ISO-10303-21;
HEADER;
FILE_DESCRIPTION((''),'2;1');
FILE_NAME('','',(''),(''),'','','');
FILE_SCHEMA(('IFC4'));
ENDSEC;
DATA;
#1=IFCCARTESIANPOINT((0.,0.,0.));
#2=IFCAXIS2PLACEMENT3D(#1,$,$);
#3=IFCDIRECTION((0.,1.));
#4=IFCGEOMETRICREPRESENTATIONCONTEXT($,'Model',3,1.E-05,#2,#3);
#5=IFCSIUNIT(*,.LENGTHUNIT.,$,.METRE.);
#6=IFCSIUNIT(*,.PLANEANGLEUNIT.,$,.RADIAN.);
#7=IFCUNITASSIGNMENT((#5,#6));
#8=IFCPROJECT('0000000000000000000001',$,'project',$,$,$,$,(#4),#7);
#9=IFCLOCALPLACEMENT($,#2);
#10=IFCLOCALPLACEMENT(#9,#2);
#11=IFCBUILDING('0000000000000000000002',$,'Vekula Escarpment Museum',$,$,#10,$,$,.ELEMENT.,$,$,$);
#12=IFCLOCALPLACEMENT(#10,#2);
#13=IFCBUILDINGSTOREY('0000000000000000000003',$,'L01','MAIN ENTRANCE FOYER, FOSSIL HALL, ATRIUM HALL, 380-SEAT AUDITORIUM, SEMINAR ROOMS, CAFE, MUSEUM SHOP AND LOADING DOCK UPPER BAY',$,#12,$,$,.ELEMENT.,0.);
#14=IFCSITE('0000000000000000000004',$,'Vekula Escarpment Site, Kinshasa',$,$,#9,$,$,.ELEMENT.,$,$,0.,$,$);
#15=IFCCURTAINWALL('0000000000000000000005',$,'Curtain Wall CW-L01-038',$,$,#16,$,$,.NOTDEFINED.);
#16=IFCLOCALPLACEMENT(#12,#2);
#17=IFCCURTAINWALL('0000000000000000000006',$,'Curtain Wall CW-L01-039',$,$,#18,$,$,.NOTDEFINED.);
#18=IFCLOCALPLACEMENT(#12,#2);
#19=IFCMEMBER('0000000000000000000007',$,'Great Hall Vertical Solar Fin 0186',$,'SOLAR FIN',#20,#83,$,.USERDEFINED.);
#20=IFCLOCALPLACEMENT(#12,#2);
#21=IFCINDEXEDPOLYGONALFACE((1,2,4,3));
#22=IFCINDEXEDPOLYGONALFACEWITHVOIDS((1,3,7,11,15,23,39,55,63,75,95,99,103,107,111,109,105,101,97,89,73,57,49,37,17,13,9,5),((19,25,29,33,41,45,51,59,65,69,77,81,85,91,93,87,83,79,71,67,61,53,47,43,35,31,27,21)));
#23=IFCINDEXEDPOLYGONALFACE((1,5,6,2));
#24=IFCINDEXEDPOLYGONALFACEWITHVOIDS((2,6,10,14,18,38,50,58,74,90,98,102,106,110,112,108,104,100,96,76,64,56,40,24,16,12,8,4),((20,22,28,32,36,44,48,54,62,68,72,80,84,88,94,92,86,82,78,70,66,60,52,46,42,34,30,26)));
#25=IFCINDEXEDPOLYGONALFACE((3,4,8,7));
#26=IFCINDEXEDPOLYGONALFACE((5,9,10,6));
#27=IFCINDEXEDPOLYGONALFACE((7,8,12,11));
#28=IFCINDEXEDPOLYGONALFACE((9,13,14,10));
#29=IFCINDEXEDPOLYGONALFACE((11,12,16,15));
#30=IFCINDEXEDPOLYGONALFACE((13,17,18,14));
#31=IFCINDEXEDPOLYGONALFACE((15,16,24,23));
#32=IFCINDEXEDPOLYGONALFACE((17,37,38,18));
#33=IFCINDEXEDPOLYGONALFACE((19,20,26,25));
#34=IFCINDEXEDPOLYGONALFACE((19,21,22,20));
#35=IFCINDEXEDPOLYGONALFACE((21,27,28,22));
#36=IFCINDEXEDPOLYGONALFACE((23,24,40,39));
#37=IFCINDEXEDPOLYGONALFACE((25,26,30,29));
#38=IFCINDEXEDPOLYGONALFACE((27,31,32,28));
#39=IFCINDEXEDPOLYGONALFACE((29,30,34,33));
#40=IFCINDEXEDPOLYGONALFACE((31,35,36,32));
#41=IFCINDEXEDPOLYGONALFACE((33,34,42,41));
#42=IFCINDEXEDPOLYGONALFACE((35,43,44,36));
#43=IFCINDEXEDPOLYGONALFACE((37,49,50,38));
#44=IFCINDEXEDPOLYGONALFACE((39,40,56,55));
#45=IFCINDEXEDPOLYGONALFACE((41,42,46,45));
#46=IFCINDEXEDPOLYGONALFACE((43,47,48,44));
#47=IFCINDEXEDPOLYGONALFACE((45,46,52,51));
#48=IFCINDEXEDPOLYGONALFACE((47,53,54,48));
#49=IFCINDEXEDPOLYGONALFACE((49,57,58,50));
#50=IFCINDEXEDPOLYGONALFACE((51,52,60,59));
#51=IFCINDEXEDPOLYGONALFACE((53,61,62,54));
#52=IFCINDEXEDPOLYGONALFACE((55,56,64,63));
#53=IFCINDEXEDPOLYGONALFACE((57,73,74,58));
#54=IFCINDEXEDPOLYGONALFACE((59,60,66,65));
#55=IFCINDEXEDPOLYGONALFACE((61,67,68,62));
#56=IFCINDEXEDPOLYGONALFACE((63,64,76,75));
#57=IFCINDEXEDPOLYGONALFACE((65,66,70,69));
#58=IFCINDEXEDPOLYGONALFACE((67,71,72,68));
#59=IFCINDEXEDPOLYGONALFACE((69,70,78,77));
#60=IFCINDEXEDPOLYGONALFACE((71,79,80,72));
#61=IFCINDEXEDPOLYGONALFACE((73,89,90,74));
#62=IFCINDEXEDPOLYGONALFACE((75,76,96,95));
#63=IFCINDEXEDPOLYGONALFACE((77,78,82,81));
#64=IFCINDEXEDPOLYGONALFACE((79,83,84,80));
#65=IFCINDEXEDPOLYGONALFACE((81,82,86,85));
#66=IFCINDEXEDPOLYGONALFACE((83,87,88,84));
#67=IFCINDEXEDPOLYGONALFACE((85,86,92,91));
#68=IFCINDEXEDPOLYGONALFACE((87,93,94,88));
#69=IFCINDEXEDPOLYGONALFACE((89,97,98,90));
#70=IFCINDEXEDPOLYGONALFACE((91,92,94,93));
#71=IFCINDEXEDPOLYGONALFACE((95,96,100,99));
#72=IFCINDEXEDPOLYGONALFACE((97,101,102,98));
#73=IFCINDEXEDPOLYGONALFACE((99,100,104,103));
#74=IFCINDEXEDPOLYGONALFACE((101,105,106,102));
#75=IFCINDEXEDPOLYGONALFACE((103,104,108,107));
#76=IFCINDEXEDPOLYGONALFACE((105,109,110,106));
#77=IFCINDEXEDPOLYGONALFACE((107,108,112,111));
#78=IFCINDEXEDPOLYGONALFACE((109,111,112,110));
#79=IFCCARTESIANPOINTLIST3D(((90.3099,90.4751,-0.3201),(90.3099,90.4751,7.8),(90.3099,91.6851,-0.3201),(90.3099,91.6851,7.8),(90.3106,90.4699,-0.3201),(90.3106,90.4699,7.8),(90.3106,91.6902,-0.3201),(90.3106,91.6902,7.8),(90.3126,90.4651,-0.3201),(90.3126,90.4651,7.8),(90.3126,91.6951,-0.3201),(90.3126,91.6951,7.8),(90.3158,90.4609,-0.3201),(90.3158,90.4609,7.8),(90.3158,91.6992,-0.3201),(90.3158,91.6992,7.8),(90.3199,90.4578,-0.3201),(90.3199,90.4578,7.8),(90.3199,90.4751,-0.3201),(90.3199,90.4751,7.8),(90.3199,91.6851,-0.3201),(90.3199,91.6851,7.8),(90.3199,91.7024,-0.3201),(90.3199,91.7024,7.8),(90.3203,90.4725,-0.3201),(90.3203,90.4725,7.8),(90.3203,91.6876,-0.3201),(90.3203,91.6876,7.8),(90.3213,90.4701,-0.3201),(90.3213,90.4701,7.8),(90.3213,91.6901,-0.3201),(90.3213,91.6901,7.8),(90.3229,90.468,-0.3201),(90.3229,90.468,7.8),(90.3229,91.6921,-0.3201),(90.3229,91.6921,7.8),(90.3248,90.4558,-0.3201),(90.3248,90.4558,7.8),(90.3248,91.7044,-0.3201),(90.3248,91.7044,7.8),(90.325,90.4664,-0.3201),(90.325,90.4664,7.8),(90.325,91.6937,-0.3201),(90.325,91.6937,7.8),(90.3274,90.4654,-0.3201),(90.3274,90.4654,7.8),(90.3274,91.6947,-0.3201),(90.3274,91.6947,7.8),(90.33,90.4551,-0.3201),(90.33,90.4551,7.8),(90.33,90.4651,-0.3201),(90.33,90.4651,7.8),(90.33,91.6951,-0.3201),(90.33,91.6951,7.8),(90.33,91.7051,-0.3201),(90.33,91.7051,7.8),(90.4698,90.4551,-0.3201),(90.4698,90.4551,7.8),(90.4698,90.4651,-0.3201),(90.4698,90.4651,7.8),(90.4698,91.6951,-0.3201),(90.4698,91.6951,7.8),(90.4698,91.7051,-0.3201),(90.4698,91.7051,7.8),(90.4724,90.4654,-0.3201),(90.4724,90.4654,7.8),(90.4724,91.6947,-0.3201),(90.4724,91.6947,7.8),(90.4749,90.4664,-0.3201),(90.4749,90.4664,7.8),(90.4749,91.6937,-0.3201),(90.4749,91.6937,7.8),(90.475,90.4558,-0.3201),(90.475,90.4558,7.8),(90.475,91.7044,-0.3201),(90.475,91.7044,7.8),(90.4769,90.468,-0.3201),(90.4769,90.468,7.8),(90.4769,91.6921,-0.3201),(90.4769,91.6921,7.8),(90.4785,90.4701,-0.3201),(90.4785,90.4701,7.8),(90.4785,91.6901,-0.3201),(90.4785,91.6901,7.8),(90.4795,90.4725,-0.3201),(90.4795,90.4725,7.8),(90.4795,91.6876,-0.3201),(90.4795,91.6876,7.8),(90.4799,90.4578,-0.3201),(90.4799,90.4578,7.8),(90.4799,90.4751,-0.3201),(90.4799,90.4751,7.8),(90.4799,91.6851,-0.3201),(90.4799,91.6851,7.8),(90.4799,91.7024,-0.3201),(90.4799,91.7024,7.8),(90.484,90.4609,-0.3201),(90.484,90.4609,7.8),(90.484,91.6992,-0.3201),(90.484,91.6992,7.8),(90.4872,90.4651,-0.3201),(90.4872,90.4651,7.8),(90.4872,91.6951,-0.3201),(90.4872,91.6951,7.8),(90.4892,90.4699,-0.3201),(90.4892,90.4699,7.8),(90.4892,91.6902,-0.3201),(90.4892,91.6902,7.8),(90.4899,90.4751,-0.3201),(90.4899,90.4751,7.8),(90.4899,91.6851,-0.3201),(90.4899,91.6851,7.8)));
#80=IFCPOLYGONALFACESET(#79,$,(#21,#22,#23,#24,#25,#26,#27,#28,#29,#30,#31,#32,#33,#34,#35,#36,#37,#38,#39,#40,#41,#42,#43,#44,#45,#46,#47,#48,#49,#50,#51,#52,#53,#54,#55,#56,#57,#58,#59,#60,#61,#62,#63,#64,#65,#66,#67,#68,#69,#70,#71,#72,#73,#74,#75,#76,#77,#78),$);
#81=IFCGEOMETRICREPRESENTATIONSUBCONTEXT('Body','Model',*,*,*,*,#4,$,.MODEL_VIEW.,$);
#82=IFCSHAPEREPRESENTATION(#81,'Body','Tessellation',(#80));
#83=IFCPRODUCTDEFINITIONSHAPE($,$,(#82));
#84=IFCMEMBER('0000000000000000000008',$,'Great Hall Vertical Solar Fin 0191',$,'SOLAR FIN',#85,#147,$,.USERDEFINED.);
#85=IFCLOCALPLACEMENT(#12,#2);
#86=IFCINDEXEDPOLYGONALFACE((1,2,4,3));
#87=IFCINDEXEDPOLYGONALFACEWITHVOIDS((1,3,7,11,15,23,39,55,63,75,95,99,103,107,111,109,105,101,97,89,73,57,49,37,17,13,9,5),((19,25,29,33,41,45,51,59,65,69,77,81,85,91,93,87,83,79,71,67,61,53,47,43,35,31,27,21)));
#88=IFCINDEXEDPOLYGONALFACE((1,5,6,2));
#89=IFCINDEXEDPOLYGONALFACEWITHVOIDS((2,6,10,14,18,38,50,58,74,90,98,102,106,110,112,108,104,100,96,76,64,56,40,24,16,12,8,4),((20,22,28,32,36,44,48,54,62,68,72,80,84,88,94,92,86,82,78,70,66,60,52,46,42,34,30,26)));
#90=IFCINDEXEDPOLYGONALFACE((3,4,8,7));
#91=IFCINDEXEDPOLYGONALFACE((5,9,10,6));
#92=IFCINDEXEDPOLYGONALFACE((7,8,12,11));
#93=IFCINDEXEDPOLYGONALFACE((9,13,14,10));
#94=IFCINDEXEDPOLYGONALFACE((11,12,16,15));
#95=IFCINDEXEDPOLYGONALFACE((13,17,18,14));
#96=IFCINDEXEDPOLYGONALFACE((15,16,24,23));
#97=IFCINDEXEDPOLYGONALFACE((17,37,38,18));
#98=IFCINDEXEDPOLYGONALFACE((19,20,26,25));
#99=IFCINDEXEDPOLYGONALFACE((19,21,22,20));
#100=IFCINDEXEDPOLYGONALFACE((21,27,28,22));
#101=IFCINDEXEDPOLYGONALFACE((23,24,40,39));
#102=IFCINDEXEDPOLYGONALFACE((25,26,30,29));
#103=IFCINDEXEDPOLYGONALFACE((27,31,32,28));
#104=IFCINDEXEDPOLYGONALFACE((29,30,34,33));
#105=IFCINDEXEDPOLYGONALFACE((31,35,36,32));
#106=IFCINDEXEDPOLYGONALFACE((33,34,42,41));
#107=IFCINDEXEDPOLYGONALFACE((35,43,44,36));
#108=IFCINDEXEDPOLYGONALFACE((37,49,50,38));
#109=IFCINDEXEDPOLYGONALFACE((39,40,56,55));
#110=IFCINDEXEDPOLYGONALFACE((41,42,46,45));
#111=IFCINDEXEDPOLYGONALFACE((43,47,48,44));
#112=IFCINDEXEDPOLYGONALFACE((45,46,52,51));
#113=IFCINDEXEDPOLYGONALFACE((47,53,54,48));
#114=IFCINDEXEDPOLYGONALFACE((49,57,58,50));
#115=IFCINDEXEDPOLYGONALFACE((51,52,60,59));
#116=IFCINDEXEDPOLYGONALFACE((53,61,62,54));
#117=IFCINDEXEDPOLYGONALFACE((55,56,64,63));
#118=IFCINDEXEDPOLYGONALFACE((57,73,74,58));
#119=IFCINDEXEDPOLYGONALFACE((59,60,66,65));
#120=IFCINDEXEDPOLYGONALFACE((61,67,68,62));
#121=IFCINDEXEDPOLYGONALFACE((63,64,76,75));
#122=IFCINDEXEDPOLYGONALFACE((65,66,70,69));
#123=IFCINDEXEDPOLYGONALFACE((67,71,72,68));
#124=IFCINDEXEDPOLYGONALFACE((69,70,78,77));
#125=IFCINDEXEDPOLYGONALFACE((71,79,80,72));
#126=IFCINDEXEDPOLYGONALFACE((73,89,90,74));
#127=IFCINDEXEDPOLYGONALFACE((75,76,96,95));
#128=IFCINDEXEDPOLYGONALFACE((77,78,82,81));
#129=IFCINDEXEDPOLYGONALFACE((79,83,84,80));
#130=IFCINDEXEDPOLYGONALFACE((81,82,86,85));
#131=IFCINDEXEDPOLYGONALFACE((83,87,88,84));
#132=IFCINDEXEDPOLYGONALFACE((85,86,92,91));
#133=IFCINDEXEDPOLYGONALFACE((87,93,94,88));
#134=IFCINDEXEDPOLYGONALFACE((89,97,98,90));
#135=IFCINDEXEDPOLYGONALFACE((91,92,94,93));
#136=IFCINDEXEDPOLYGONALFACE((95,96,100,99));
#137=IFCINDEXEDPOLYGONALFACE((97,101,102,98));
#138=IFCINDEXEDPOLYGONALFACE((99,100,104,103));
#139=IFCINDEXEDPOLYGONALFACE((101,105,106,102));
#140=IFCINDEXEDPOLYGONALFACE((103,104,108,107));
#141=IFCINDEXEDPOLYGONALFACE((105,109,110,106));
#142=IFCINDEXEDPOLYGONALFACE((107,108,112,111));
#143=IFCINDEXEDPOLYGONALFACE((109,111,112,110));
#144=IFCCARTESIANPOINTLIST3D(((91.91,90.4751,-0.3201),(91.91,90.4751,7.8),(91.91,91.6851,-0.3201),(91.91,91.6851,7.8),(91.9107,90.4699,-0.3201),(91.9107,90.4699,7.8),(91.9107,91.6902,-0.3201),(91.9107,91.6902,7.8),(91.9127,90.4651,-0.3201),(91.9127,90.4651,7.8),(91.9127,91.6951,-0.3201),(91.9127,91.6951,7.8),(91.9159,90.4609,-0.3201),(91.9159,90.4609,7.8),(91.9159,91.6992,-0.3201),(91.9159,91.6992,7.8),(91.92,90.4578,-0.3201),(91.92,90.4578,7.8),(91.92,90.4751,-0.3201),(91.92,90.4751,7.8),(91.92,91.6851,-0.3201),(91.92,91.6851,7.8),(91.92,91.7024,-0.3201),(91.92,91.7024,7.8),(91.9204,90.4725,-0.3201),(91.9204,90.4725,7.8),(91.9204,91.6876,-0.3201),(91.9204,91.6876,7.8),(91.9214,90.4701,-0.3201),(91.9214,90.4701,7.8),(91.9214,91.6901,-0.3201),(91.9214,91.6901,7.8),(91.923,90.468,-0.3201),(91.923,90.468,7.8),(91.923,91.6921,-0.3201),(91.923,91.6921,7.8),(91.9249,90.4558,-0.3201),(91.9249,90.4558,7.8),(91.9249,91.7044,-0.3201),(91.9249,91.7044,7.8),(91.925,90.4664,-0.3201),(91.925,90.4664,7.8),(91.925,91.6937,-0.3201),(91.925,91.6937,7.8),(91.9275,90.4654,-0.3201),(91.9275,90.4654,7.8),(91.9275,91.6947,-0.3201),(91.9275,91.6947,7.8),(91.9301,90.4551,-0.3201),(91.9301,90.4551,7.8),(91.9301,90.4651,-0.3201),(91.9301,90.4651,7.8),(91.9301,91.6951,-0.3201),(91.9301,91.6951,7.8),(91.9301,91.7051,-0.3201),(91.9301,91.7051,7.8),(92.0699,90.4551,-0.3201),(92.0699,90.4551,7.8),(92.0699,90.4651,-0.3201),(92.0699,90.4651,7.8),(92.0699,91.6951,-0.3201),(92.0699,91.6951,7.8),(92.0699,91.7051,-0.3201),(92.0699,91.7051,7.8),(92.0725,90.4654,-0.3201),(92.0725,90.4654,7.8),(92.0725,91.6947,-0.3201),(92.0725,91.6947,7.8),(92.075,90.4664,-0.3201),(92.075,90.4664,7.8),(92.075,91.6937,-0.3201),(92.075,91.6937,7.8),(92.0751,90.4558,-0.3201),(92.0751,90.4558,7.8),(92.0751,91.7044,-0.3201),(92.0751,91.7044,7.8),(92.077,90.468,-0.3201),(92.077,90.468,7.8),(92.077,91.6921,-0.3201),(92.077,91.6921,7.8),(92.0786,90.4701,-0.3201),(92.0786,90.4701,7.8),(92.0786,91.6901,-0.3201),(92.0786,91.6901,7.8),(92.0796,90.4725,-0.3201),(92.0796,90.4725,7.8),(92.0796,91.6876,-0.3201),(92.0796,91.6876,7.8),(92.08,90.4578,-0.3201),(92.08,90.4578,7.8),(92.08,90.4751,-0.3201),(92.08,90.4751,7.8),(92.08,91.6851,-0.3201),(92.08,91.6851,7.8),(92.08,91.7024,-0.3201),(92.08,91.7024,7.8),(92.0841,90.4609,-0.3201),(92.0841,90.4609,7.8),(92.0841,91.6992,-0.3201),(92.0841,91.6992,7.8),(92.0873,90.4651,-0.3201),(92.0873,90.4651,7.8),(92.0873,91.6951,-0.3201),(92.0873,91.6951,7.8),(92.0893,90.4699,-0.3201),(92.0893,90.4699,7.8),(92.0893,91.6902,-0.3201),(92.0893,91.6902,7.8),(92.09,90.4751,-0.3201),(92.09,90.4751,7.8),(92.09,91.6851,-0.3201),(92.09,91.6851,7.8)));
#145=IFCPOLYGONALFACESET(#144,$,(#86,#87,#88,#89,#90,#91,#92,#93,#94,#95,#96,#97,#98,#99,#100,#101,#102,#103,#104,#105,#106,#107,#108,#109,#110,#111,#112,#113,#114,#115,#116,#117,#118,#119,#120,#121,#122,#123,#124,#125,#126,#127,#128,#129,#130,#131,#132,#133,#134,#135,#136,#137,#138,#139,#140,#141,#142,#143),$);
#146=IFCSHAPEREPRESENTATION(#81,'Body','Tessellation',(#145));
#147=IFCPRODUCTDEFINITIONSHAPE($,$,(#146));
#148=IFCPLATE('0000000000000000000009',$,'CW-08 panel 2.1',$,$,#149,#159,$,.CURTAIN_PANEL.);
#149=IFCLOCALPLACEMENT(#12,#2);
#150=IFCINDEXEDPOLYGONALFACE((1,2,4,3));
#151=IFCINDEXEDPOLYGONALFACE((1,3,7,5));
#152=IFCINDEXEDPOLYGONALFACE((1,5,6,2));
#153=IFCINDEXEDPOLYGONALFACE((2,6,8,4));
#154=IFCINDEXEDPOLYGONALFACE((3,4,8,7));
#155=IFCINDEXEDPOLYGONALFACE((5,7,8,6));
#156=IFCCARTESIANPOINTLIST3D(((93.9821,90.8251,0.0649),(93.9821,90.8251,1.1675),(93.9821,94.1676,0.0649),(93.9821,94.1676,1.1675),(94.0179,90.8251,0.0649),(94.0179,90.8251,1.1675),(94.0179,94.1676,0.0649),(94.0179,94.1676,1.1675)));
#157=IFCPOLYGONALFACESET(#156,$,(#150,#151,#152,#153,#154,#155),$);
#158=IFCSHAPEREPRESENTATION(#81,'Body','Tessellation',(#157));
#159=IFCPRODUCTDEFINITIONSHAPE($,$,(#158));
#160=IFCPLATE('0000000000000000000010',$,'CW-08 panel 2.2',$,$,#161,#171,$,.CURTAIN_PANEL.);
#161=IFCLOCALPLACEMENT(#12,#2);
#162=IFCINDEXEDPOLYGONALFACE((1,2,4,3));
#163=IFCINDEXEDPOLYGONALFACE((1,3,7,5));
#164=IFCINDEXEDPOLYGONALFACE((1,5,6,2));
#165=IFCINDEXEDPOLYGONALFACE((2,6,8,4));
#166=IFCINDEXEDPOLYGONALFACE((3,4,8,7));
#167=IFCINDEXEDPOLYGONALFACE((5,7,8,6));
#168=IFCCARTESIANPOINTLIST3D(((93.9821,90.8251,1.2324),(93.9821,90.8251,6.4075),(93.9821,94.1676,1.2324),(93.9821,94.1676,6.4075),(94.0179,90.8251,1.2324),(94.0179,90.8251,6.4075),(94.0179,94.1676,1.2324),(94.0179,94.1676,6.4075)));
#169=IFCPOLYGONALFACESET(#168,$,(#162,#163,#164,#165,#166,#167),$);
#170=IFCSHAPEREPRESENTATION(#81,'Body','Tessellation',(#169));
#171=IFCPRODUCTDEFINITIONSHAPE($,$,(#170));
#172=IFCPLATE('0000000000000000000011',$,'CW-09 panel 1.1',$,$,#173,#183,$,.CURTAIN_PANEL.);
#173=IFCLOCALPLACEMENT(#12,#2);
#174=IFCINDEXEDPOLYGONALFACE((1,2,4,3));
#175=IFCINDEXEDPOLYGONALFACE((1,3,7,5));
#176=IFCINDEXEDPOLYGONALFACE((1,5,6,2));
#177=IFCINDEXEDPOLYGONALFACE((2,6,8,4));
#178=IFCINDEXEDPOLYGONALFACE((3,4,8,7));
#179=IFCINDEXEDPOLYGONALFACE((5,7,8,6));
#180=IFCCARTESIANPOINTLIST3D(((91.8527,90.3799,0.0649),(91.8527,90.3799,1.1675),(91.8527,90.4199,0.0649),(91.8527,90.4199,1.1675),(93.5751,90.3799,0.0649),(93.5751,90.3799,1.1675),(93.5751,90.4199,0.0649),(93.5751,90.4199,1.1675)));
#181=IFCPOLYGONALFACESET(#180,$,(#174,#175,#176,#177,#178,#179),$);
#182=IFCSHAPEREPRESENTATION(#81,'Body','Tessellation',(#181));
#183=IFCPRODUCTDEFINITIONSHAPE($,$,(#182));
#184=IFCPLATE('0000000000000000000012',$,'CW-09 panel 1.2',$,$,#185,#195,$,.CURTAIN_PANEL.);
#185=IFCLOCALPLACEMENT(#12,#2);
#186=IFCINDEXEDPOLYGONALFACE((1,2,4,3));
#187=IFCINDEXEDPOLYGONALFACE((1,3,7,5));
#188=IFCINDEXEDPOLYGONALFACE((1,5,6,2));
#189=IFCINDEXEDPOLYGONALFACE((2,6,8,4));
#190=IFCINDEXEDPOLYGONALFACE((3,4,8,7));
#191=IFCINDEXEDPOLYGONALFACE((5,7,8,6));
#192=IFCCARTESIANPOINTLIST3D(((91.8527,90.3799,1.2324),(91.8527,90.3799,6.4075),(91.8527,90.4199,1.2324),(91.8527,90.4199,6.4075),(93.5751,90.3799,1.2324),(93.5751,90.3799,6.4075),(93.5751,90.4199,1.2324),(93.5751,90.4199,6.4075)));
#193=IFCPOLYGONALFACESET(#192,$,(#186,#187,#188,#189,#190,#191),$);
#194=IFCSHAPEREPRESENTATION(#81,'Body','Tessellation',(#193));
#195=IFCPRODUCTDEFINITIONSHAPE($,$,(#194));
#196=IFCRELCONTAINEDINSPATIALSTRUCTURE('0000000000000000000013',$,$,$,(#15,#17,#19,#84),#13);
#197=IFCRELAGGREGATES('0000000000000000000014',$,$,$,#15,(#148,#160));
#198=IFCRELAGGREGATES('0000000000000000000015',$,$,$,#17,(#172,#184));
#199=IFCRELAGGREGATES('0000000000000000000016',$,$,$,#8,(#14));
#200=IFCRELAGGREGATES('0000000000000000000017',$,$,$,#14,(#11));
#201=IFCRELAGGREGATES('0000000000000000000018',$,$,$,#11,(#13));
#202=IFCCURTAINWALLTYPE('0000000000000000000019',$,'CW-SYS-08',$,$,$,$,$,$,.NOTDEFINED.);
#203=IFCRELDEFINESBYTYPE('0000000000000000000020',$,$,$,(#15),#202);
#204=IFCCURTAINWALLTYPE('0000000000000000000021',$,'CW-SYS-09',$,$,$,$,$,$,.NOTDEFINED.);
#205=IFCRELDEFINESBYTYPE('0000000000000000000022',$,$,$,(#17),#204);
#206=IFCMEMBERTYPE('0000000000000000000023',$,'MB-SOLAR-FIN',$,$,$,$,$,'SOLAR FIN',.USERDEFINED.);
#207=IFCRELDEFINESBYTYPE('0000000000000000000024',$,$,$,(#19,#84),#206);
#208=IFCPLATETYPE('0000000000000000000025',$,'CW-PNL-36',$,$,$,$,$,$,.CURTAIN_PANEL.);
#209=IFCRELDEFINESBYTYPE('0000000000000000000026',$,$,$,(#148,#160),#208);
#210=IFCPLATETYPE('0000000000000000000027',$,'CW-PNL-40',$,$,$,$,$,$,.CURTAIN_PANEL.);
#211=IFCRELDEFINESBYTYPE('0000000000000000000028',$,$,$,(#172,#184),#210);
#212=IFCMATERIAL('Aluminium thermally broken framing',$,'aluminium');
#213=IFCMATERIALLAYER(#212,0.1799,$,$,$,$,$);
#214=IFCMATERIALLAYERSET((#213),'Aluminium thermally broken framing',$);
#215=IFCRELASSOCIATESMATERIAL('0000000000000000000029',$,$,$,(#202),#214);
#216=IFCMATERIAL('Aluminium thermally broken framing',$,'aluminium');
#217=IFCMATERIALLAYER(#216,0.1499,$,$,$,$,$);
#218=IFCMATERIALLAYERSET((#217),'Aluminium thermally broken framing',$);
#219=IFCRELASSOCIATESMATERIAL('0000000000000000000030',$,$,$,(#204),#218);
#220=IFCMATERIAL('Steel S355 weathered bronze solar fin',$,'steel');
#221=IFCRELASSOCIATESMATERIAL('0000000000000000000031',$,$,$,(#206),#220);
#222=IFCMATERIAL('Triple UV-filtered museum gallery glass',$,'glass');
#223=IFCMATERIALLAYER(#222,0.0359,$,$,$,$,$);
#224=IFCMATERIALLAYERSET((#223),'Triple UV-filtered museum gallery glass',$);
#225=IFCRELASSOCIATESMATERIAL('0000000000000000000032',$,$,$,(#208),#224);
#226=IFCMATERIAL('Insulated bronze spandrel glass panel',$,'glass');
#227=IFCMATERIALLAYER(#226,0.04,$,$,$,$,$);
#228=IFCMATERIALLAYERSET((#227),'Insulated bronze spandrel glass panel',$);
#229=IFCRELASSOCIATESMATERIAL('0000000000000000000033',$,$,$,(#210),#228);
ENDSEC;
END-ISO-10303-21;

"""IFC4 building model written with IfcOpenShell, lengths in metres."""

from ifc_helpers import new_model, si_unit, direction, frame, origin, origin_2d, place, context, subcontext, project, spatial, rectangle, hollow_rectangle, extrude, material, layer, layer_set, material_profile, profile_set, type_object, element, aggregate, save


model = new_model("IFC4")

# Units and contexts
model_context = context("Model", 3, precision=1e-05, world=origin(), true_north=direction((0.0, 1.0)))
body_context = subcontext(model_context, "Body", "Model", "MODEL_VIEW")
ifc_project = project(units=[si_unit("LENGTHUNIT", "METRE"), si_unit("PLANEANGLEUNIT", "RADIAN")], contexts=[model_context])

# Site, building, storey
site_placement = place(None, origin())
site = spatial("IfcSite", under=ifc_project, at=site_placement, Name="Vekula Escarpment Site, Kinshasa", CompositionType="ELEMENT", RefElevation=0.0)
building_placement = place(site_placement, origin())
building = spatial("IfcBuilding", under=site, at=building_placement, Name="Vekula Escarpment Museum", CompositionType="ELEMENT")
storey_placement = place(building_placement, origin())
storey = spatial("IfcBuildingStorey", under=building, at=storey_placement, Name="L01", Description="MAIN ENTRANCE FOYER, FOSSIL HALL, ATRIUM HALL, 380-SEAT AUDITORIUM, SEMINAR ROOMS, CAFE, MUSEUM SHOP AND LOADING DOCK UPPER BAY", CompositionType="ELEMENT", Elevation=0.0)

# Curtain wall
ifc_material_1 = material(Name="Aluminium thermally broken framing", Category="aluminium")
ifc_layer_1 = layer(ifc_material_1, 0.1799)
ifc_layer_set_1 = layer_set([ifc_layer_1], Name="Aluminium thermally broken framing")
curtain_wall_type_1 = type_object("IfcCurtainWallType", Name="CW-SYS-08", PredefinedType="NOTDEFINED", material=ifc_layer_set_1)
curtain_wall_1_placement = place(storey_placement, origin())
curtain_wall_1 = element("IfcCurtainWall", 1, at=curtain_wall_1_placement, inside=storey, type_object=curtain_wall_type_1, Name="Curtain Wall CW-L01-038", PredefinedType="NOTDEFINED")

# Curtain wall
ifc_material_2 = material(Name="Aluminium thermally broken framing", Category="aluminium")
ifc_layer_2 = layer(ifc_material_2, 0.1499)
ifc_layer_set_2 = layer_set([ifc_layer_2], Name="Aluminium thermally broken framing")
curtain_wall_type_2 = type_object("IfcCurtainWallType", Name="CW-SYS-09", PredefinedType="NOTDEFINED", material=ifc_layer_set_2)
curtain_wall_2_placement = place(storey_placement, origin())
curtain_wall_2 = element("IfcCurtainWall", 2, at=curtain_wall_2_placement, inside=storey, type_object=curtain_wall_type_2, Name="Curtain Wall CW-L01-039", PredefinedType="NOTDEFINED")

# Members
ifc_material_3 = material(Name="Steel S355 weathered bronze solar fin", Category="steel")
ifc_material_profile_1 = material_profile(ifc_material_3, hollow_rectangle(XDim=0.1799, YDim=1.25, WallThickness=0.01, InnerFilletRadius=0.01, OuterFilletRadius=0.02, at=origin_2d()), Name="RHS 1250x180x10")
ifc_profile_set_1 = profile_set([ifc_material_profile_1], Name="Steel S355 weathered bronze solar fin")
member_type_1 = type_object("IfcMemberType", Name="MB-SOLAR-FIN", ElementType="SOLAR FIN", PredefinedType="USERDEFINED", material=ifc_profile_set_1)
for number, where, z_axis, x_axis, name in (
    (3, (90.3999, 91.0801, -0.3201), (0.0, 0.0, 1.0), (1.0, 0.0, 0.0), "Great Hall Vertical Solar Fin 0186"),
    (4, (92.0, 91.0801, -0.3201), (0.0, 0.0, 1.0), (1.0, 0.0, 0.0), "Great Hall Vertical Solar Fin 0191"),
):
    element("IfcMember", number, at=place(storey_placement, frame(where, z_axis=z_axis, x_axis=x_axis)), inside=storey, type_object=member_type_1, Name=name, ObjectType="SOLAR FIN", PredefinedType="USERDEFINED", context=body_context, shape_type="SweptSolid", body=[
        extrude(hollow_rectangle(XDim=0.1799, YDim=1.25, WallThickness=0.01, InnerFilletRadius=0.01, OuterFilletRadius=0.02, at=origin_2d()), origin(), (0.0, 0.0, 1.0), 8.1201),
    ])

# Plates
ifc_material_4 = material(Name="Triple UV-filtered museum gallery glass", Category="glass")
ifc_layer_3 = layer(ifc_material_4, 0.0359)
ifc_layer_set_3 = layer_set([ifc_layer_3], Name="Triple UV-filtered museum gallery glass")
plate_type_1 = type_object("IfcPlateType", Name="CW-PNL-36", PredefinedType="CURTAIN_PANEL", material=ifc_layer_set_3)
plate_1_placement = place(storey_placement, frame((94.0, 92.4963, 0.0649), z_axis=(0.0, 0.0, 1.0), x_axis=(0.0, -1.0, 0.0)))
plate_1 = element("IfcPlate", 5, at=plate_1_placement, type_object=plate_type_1, Name="CW-08 panel 2.1", PredefinedType="CURTAIN_PANEL", context=body_context, shape_type="SweptSolid", body=[
    extrude(rectangle(XDim=3.3425, YDim=0.0359, at=origin_2d()), origin(), (0.0, 0.0, 1.0), 1.1025),
])
plate_2_placement = place(storey_placement, frame((94.0, 92.4963, 1.2324), z_axis=(0.0, 0.0, 1.0), x_axis=(0.0, -1.0, 0.0)))
plate_2 = element("IfcPlate", 6, at=plate_2_placement, type_object=plate_type_1, Name="CW-08 panel 2.2", PredefinedType="CURTAIN_PANEL", context=body_context, shape_type="SweptSolid", body=[
    extrude(rectangle(XDim=3.3425, YDim=0.0359, at=origin_2d()), origin(), (0.0, 0.0, 1.0), 5.175),
])
aggregate(curtain_wall_1, [plate_1, plate_2])
ifc_material_5 = material(Name="Insulated bronze spandrel glass panel", Category="glass")
ifc_layer_4 = layer(ifc_material_5, 0.04)
ifc_layer_set_4 = layer_set([ifc_layer_4], Name="Insulated bronze spandrel glass panel")
plate_type_2 = type_object("IfcPlateType", Name="CW-PNL-40", PredefinedType="CURTAIN_PANEL", material=ifc_layer_set_4)
plate_3_placement = place(storey_placement, frame((92.7139, 90.3999, 0.0649), z_axis=(0.0, 0.0, 1.0), x_axis=(-1.0, 0.0, 0.0)))
plate_3 = element("IfcPlate", 7, at=plate_3_placement, type_object=plate_type_2, Name="CW-09 panel 1.1", PredefinedType="CURTAIN_PANEL", context=body_context, shape_type="SweptSolid", body=[
    extrude(rectangle(XDim=1.7224, YDim=0.04, at=origin_2d()), origin(), (0.0, 0.0, 1.0), 1.1025),
])
plate_4_placement = place(storey_placement, frame((92.7139, 90.3999, 1.2324), z_axis=(0.0, 0.0, 1.0), x_axis=(-1.0, 0.0, 0.0)))
plate_4 = element("IfcPlate", 8, at=plate_4_placement, type_object=plate_type_2, Name="CW-09 panel 1.2", PredefinedType="CURTAIN_PANEL", context=body_context, shape_type="SweptSolid", body=[
    extrude(rectangle(XDim=1.7224, YDim=0.04, at=origin_2d()), origin(), (0.0, 0.0, 1.0), 5.175),
])
aggregate(curtain_wall_2, [plate_3, plate_4])

save(model, "model.ifc")
